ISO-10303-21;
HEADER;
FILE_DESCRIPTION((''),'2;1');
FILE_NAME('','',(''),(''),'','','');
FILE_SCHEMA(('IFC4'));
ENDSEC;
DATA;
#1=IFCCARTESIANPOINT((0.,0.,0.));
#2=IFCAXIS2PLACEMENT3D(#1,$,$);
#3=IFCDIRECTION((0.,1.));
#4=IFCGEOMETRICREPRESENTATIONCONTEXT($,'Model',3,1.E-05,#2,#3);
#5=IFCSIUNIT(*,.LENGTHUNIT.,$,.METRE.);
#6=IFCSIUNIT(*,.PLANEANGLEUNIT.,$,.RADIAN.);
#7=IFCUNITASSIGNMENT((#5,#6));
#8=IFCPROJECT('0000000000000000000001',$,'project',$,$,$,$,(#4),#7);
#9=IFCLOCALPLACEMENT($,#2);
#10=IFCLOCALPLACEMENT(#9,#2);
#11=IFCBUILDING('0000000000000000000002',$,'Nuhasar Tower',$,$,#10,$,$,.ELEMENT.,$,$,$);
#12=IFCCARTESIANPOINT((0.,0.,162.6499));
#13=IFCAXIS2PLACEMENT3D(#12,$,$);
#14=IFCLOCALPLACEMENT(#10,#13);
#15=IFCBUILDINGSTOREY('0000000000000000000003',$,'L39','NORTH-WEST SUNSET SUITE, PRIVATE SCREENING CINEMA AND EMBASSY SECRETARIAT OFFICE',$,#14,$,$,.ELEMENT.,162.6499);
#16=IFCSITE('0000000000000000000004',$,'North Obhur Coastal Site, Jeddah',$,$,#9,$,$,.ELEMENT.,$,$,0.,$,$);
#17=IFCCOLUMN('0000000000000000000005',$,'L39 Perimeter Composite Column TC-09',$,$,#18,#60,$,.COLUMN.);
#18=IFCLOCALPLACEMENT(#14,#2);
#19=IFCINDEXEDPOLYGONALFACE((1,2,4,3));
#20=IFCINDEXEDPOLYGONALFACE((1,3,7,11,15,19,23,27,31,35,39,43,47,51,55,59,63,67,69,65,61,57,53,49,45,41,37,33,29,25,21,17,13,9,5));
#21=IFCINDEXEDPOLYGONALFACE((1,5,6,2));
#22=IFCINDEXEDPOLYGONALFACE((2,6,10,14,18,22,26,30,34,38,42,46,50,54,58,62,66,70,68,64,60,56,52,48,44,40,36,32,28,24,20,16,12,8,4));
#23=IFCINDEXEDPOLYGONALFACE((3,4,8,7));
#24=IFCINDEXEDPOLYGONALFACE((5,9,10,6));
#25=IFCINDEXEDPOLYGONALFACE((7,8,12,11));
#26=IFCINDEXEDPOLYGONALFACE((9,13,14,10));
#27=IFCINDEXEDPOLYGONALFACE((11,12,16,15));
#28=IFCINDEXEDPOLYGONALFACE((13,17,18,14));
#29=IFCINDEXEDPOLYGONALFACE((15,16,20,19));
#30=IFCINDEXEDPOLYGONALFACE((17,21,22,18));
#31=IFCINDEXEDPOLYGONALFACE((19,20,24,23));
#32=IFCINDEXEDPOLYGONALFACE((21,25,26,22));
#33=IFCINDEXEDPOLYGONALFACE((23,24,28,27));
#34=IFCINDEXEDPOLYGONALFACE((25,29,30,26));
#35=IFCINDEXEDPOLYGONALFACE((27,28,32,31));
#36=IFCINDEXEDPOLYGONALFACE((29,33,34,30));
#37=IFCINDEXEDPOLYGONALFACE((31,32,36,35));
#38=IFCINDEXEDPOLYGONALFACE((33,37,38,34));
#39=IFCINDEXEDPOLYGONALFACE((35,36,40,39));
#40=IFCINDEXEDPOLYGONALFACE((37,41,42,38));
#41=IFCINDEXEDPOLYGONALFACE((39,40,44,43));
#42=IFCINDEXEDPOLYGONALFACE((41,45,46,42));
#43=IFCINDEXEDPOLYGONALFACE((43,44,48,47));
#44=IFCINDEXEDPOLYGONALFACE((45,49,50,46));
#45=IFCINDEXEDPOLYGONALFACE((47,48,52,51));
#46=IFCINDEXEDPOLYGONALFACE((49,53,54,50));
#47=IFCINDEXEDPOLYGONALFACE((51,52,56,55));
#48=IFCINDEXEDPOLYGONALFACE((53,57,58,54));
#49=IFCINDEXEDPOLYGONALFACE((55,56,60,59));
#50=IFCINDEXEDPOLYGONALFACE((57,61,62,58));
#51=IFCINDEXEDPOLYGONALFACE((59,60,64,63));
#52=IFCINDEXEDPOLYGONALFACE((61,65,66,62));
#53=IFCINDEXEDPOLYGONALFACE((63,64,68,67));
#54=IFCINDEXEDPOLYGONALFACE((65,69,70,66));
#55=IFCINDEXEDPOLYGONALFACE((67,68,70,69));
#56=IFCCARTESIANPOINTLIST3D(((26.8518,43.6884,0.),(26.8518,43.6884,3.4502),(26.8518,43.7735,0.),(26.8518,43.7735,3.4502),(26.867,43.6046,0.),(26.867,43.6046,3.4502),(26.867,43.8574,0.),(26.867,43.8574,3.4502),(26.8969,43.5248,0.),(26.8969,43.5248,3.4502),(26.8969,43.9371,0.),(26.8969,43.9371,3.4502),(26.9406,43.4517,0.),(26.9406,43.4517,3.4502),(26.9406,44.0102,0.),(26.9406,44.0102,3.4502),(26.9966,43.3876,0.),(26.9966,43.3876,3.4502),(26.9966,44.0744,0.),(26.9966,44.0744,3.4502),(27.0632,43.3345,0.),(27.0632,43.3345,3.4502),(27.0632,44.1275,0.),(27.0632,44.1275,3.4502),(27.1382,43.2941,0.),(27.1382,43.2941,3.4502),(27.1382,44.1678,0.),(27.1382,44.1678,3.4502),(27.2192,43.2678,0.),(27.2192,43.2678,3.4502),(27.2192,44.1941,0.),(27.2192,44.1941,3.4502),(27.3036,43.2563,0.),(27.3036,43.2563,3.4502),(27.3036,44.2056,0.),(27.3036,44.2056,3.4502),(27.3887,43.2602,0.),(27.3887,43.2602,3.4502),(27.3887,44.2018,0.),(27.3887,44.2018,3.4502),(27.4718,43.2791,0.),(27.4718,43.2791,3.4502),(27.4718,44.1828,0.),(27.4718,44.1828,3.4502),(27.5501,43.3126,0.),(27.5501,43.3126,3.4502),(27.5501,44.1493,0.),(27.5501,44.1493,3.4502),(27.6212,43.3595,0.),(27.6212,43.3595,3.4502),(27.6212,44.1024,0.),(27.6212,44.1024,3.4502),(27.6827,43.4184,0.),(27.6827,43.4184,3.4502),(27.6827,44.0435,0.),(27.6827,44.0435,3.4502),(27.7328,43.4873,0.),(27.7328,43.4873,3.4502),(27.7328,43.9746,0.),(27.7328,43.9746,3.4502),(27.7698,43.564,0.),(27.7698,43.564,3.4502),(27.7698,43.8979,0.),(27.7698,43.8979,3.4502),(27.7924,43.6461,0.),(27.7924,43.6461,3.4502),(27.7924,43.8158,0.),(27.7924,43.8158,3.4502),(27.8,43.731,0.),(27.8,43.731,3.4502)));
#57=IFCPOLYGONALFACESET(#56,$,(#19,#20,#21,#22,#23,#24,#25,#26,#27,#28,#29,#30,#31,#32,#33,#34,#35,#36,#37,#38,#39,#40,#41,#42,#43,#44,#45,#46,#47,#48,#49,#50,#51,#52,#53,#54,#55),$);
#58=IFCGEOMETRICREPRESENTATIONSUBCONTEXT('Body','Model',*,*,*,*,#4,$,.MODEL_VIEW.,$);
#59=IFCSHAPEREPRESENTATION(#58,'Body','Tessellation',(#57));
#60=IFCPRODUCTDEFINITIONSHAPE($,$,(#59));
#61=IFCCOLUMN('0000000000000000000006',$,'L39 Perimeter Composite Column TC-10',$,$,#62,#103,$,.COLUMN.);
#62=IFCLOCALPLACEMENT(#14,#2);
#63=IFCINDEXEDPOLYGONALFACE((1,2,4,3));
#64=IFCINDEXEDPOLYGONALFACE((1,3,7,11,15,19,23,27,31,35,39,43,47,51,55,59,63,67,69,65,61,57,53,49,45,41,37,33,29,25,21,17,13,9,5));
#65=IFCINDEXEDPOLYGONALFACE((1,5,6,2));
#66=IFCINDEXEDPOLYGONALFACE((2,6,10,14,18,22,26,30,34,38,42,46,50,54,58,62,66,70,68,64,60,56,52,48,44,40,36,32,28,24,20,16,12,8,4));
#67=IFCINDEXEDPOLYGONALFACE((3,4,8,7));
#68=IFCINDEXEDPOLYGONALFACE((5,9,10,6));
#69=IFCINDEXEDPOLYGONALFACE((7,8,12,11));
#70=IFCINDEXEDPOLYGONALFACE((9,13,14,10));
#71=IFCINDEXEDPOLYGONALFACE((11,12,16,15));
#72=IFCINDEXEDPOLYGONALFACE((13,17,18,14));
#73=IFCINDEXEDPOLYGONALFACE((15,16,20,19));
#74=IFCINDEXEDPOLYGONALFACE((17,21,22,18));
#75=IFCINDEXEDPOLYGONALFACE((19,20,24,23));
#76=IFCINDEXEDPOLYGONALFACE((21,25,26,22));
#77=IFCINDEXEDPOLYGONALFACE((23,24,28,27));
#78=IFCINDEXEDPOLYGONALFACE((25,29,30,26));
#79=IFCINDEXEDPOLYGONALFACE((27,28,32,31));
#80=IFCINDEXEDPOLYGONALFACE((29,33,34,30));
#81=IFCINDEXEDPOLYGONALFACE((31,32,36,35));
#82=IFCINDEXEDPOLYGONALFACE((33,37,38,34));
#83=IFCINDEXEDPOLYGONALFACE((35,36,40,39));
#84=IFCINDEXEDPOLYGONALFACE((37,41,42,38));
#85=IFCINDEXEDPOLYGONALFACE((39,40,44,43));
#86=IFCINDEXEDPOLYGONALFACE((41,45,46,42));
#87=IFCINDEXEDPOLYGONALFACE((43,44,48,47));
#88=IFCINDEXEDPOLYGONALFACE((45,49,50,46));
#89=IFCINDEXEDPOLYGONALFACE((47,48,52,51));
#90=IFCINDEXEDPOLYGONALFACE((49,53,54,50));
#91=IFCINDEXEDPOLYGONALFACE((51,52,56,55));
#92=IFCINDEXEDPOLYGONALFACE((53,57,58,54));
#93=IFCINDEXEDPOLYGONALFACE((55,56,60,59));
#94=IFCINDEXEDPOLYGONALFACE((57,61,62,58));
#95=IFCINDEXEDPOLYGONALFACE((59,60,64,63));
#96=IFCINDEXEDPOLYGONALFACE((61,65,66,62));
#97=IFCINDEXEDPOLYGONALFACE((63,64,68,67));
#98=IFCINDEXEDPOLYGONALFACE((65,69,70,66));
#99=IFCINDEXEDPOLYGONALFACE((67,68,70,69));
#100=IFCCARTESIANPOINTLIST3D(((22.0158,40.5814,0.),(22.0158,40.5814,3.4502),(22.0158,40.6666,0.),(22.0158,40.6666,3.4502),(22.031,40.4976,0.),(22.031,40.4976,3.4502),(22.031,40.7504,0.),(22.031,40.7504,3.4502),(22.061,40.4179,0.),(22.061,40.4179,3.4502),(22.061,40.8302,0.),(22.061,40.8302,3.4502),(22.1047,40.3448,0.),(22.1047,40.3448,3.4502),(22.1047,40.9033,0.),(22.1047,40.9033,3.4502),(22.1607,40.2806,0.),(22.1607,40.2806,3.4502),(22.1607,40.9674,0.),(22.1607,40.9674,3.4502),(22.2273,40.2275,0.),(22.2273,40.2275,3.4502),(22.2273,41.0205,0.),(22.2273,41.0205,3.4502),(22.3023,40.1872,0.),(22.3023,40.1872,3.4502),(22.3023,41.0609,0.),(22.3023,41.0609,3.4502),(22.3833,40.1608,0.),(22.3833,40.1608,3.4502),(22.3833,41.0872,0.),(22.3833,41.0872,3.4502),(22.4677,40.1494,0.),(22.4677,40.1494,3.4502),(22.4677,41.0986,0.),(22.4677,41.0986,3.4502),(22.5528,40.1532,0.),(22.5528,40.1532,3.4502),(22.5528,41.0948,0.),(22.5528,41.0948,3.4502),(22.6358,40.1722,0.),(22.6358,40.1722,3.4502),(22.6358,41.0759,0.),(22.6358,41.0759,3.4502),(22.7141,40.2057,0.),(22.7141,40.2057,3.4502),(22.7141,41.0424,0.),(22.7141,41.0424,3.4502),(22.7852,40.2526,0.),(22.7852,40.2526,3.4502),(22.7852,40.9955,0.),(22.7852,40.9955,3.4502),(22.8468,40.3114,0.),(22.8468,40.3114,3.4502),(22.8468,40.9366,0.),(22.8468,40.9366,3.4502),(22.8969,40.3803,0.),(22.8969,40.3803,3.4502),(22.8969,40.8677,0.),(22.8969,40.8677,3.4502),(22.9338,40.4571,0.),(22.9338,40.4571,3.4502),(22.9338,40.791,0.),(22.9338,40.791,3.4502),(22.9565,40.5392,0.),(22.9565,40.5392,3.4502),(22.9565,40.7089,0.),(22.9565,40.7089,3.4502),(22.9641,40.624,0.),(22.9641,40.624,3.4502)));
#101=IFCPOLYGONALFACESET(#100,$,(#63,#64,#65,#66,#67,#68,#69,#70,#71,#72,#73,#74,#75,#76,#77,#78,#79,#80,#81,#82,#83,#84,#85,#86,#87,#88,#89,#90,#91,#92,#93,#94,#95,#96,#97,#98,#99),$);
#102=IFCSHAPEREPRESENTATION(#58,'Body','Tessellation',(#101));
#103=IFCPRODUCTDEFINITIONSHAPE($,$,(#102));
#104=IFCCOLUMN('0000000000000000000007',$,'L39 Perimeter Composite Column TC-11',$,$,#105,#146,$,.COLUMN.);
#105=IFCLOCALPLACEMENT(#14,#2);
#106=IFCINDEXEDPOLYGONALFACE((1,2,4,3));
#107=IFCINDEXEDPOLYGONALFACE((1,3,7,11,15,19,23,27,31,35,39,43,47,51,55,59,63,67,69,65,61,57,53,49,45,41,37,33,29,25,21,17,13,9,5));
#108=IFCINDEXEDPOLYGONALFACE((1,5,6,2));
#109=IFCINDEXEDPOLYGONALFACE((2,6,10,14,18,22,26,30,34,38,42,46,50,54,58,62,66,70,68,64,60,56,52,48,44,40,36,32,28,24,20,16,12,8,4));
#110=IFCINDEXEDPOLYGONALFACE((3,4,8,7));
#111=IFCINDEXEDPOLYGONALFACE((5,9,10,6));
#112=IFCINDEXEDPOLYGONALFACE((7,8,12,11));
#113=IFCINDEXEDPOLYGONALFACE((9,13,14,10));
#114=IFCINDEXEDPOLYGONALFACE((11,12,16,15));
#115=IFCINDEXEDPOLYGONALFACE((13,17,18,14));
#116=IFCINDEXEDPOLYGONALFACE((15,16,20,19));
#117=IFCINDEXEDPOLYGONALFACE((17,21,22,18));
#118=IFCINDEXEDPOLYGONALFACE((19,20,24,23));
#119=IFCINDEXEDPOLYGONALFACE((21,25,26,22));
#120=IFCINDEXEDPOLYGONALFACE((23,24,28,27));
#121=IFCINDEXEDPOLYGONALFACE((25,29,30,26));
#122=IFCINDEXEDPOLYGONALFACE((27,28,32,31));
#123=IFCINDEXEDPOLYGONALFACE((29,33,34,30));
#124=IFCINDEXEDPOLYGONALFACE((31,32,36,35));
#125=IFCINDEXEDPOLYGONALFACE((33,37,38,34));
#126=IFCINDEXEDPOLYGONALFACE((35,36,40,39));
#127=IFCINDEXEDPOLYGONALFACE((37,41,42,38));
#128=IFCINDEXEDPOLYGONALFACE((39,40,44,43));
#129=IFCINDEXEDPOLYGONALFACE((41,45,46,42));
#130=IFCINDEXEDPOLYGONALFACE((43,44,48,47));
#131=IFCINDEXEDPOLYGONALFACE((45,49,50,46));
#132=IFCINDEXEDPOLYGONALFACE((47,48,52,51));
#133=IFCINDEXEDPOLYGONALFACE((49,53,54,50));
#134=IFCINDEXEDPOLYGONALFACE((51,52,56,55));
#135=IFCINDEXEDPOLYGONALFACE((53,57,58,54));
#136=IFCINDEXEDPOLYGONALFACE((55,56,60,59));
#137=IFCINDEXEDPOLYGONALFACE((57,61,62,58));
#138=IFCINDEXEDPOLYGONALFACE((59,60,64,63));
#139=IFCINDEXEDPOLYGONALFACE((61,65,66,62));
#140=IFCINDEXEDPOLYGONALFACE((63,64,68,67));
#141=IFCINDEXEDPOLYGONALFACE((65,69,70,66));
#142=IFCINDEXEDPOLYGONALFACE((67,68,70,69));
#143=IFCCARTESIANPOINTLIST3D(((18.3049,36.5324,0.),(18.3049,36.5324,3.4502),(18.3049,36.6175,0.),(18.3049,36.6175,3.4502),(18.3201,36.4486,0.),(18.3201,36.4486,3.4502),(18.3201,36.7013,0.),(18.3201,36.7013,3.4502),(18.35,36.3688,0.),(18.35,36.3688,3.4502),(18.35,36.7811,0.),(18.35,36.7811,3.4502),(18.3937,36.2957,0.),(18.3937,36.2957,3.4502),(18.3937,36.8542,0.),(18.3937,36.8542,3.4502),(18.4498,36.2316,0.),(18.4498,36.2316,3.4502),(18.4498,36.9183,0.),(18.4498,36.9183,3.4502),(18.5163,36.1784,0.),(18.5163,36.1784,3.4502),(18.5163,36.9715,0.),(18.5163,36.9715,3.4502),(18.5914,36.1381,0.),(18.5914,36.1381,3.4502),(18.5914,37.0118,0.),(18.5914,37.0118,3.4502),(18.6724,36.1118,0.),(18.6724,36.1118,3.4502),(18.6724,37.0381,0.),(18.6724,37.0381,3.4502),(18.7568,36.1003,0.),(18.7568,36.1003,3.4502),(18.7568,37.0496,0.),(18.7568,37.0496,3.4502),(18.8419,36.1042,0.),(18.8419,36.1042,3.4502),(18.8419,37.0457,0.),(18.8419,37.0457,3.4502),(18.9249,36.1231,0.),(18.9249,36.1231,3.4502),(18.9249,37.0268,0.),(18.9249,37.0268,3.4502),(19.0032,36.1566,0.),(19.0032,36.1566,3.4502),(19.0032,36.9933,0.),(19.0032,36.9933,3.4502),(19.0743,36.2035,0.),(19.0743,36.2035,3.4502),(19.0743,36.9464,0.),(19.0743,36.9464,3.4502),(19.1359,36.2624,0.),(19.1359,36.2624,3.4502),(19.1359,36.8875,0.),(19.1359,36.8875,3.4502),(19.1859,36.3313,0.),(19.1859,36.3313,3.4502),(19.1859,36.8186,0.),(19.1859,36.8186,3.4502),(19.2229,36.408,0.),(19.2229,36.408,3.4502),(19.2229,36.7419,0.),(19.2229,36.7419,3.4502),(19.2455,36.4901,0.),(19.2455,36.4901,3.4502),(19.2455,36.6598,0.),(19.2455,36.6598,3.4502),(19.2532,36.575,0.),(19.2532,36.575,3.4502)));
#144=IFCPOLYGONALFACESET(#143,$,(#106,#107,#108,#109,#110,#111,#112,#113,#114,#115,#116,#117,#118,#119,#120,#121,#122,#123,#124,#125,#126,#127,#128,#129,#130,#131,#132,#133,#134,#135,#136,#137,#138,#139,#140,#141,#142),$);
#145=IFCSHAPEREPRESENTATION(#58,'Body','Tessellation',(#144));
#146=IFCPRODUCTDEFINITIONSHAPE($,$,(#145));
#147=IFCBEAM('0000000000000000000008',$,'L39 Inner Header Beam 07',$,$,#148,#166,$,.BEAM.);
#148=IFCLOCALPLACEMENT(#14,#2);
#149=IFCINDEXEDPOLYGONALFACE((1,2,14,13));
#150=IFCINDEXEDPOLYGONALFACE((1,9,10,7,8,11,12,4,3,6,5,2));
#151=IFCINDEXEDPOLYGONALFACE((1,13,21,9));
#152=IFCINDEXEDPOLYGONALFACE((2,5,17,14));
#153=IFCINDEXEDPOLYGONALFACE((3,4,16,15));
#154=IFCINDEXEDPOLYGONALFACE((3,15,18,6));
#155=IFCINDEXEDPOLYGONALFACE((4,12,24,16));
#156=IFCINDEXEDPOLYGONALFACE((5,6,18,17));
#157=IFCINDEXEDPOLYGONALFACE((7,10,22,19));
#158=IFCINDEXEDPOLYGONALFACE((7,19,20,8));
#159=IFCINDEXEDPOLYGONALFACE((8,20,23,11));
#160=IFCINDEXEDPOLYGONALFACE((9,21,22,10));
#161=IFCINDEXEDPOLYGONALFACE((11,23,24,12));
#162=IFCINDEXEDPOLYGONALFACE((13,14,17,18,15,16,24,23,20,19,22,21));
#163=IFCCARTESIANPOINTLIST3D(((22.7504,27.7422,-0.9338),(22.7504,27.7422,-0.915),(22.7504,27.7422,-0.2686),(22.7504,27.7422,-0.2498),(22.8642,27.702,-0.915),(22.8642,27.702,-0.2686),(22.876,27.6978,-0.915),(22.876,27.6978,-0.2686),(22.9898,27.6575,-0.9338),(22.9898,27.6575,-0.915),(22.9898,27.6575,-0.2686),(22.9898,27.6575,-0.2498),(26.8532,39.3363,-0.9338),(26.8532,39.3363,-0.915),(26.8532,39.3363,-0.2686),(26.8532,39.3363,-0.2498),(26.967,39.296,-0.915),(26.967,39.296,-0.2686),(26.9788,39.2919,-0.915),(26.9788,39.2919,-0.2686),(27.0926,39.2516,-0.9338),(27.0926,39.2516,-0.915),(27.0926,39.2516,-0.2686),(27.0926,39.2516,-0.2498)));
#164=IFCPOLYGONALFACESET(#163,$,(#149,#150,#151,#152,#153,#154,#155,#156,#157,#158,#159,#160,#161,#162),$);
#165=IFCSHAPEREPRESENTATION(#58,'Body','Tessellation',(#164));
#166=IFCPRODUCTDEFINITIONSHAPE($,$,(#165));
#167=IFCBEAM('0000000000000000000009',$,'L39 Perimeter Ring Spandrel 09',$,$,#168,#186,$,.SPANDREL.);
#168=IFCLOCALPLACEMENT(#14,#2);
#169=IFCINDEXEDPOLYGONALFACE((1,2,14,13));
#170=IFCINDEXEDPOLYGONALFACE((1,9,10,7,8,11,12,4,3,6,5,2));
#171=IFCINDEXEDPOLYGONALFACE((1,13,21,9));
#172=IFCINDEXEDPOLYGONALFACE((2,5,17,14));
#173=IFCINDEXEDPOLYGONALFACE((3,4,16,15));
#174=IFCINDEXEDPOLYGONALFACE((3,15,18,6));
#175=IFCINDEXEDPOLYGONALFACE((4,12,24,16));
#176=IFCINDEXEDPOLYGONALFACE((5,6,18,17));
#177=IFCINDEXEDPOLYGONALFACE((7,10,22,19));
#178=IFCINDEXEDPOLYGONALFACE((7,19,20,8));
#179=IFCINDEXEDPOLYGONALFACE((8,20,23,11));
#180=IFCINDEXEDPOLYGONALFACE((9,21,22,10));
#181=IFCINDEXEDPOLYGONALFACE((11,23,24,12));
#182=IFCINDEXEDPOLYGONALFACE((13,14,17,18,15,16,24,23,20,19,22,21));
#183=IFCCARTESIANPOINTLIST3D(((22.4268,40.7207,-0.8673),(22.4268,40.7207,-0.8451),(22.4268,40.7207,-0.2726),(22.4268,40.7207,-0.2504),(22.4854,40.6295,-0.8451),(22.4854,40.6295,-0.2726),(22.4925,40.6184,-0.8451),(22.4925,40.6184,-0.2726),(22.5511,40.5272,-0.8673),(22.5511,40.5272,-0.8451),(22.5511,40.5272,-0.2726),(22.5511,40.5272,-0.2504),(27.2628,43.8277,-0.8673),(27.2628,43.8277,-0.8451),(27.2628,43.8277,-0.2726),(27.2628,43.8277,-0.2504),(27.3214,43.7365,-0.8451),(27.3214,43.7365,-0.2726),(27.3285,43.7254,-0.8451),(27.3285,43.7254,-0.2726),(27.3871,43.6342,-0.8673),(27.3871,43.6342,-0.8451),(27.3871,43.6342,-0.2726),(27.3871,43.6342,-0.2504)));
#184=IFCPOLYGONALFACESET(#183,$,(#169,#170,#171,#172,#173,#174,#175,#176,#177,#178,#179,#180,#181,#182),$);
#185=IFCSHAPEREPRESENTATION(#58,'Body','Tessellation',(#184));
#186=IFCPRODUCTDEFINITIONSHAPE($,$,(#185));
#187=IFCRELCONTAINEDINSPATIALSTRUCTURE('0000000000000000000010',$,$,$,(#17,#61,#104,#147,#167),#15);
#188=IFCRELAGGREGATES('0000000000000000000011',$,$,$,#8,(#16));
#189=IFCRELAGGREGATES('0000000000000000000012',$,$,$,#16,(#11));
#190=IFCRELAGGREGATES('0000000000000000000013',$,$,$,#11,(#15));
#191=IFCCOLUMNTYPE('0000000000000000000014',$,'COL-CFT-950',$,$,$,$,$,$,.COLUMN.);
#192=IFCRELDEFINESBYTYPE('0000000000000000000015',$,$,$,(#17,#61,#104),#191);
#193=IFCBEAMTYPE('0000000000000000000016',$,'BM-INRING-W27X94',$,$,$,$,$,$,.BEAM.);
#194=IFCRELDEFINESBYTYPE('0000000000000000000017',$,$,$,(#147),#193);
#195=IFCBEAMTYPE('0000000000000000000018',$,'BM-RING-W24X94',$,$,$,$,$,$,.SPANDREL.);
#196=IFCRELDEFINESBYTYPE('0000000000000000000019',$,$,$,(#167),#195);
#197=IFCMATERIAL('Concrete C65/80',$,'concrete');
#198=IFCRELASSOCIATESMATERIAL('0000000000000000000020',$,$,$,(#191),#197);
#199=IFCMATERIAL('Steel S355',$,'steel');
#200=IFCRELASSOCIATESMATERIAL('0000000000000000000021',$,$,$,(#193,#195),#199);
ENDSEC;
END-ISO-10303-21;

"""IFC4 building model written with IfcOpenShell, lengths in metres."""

from ifc_helpers import new_model, si_unit, direction, frame, origin, origin_2d, place, context, subcontext, project, spatial, circle, i_section, extrude, material, material_profile, profile_set, type_object, element, save


model = new_model("IFC4")

# Units and contexts
model_context = context("Model", 3, precision=1e-05, world=origin(), true_north=direction((0.0, 1.0)))
body_context = subcontext(model_context, "Body", "Model", "MODEL_VIEW")
ifc_project = project(units=[si_unit("LENGTHUNIT", "METRE"), si_unit("PLANEANGLEUNIT", "RADIAN")], contexts=[model_context])

# Site, building, storey
site_placement = place(None, origin())
site = spatial("IfcSite", under=ifc_project, at=site_placement, Name="North Obhur Coastal Site, Jeddah", CompositionType="ELEMENT", RefElevation=0.0)
building_placement = place(site_placement, origin())
building = spatial("IfcBuilding", under=site, at=building_placement, Name="Nuhasar Tower", CompositionType="ELEMENT")
storey_placement = place(building_placement, frame((0.0, 0.0, 162.6499)))
storey = spatial("IfcBuildingStorey", under=building, at=storey_placement, Name="L39", Description="NORTH-WEST SUNSET SUITE, PRIVATE SCREENING CINEMA AND EMBASSY SECRETARIAT OFFICE", CompositionType="ELEMENT", Elevation=162.6499)

# Columns
ifc_material_1 = material(Name="Concrete C65/80", Category="concrete")
ifc_material_profile_1 = material_profile(ifc_material_1, circle(Radius=0.4751, at=origin_2d()), Name="CFT950")
ifc_profile_set_1 = profile_set([ifc_material_profile_1], Name="Concrete C65/80")
column_type = type_object("IfcColumnType", Name="COL-CFT-950", PredefinedType="COLUMN", material=ifc_profile_set_1)
for number, where, z_axis, x_axis, name in (
    (1, (27.325, 43.731, 0.0), (0.0, 0.0, 1.0), (1.0, 0.0, 0.0), "L39 Perimeter Composite Column TC-09"),
    (2, (22.489, 40.624, 0.0), (0.0, 0.0, 1.0), (1.0, 0.0, 0.0), "L39 Perimeter Composite Column TC-10"),
    (3, (18.7781, 36.575, 0.0), (0.0, 0.0, 1.0), (1.0, 0.0, 0.0), "L39 Perimeter Composite Column TC-11"),
):
    element("IfcColumn", number, at=place(storey_placement, frame(where, z_axis=z_axis, x_axis=x_axis)), inside=storey, type_object=column_type, Name=name, PredefinedType="COLUMN", context=body_context, shape_type="SweptSolid", body=[
        extrude(circle(Radius=0.4751, at=origin_2d()), origin(), (0.0, 0.0, 1.0), 3.4502),
    ])

# Beams
ifc_material_2 = material(Name="Steel S355", Category="steel")
ifc_material_profile_2 = material_profile(ifc_material_2, i_section(OverallWidth=0.2539, OverallDepth=0.6841, WebThickness=0.0125, FlangeThickness=0.0188, at=origin_2d()), Name="W27X94")
ifc_profile_set_2 = profile_set([ifc_material_profile_2], Name="Steel S355")
beam_type_1 = type_object("IfcBeamType", Name="BM-INRING-W27X94", PredefinedType="BEAM", material=ifc_profile_set_2)
beam_1_placement = place(storey_placement, frame((26.9729, 39.2939, -0.5918), z_axis=(-0.3336, -0.942715, 0.0), x_axis=(0.942715, -0.3336, 0.0)))
element("IfcBeam", 4, at=beam_1_placement, inside=storey, type_object=beam_type_1, Name="L39 Inner Header Beam 07", PredefinedType="BEAM", context=body_context, shape_type="SweptSolid", body=[
    extrude(i_section(OverallWidth=0.2539, OverallDepth=0.6841, WebThickness=0.0125, FlangeThickness=0.0188, at=origin_2d()), origin(), (0.0, 0.0, 1.0), 12.2986),
])
ifc_material_profile_3 = material_profile(ifc_material_2, i_section(OverallWidth=0.23, OverallDepth=0.6169, WebThickness=0.0132, FlangeThickness=0.0222, at=origin_2d()), Name="W24X94")
ifc_profile_set_3 = profile_set([ifc_material_profile_3], Name="Steel S355")
beam_type_2 = type_object("IfcBeamType", Name="BM-RING-W24X94", PredefinedType="SPANDREL", material=ifc_profile_set_3)
beam_2_placement = place(storey_placement, frame((27.325, 43.731, -0.5588), z_axis=(-0.841327, -0.540526, 0.0), x_axis=(0.540526, -0.841327, 0.0)))
element("IfcBeam", 5, at=beam_2_placement, inside=storey, type_object=beam_type_2, Name="L39 Perimeter Ring Spandrel 09", PredefinedType="SPANDREL", context=body_context, shape_type="SweptSolid", body=[
    extrude(i_section(OverallWidth=0.23, OverallDepth=0.6169, WebThickness=0.0132, FlangeThickness=0.0222, at=origin_2d()), origin(), (0.0, 0.0, 1.0), 5.748),
])

save(model, "model.ifc")
